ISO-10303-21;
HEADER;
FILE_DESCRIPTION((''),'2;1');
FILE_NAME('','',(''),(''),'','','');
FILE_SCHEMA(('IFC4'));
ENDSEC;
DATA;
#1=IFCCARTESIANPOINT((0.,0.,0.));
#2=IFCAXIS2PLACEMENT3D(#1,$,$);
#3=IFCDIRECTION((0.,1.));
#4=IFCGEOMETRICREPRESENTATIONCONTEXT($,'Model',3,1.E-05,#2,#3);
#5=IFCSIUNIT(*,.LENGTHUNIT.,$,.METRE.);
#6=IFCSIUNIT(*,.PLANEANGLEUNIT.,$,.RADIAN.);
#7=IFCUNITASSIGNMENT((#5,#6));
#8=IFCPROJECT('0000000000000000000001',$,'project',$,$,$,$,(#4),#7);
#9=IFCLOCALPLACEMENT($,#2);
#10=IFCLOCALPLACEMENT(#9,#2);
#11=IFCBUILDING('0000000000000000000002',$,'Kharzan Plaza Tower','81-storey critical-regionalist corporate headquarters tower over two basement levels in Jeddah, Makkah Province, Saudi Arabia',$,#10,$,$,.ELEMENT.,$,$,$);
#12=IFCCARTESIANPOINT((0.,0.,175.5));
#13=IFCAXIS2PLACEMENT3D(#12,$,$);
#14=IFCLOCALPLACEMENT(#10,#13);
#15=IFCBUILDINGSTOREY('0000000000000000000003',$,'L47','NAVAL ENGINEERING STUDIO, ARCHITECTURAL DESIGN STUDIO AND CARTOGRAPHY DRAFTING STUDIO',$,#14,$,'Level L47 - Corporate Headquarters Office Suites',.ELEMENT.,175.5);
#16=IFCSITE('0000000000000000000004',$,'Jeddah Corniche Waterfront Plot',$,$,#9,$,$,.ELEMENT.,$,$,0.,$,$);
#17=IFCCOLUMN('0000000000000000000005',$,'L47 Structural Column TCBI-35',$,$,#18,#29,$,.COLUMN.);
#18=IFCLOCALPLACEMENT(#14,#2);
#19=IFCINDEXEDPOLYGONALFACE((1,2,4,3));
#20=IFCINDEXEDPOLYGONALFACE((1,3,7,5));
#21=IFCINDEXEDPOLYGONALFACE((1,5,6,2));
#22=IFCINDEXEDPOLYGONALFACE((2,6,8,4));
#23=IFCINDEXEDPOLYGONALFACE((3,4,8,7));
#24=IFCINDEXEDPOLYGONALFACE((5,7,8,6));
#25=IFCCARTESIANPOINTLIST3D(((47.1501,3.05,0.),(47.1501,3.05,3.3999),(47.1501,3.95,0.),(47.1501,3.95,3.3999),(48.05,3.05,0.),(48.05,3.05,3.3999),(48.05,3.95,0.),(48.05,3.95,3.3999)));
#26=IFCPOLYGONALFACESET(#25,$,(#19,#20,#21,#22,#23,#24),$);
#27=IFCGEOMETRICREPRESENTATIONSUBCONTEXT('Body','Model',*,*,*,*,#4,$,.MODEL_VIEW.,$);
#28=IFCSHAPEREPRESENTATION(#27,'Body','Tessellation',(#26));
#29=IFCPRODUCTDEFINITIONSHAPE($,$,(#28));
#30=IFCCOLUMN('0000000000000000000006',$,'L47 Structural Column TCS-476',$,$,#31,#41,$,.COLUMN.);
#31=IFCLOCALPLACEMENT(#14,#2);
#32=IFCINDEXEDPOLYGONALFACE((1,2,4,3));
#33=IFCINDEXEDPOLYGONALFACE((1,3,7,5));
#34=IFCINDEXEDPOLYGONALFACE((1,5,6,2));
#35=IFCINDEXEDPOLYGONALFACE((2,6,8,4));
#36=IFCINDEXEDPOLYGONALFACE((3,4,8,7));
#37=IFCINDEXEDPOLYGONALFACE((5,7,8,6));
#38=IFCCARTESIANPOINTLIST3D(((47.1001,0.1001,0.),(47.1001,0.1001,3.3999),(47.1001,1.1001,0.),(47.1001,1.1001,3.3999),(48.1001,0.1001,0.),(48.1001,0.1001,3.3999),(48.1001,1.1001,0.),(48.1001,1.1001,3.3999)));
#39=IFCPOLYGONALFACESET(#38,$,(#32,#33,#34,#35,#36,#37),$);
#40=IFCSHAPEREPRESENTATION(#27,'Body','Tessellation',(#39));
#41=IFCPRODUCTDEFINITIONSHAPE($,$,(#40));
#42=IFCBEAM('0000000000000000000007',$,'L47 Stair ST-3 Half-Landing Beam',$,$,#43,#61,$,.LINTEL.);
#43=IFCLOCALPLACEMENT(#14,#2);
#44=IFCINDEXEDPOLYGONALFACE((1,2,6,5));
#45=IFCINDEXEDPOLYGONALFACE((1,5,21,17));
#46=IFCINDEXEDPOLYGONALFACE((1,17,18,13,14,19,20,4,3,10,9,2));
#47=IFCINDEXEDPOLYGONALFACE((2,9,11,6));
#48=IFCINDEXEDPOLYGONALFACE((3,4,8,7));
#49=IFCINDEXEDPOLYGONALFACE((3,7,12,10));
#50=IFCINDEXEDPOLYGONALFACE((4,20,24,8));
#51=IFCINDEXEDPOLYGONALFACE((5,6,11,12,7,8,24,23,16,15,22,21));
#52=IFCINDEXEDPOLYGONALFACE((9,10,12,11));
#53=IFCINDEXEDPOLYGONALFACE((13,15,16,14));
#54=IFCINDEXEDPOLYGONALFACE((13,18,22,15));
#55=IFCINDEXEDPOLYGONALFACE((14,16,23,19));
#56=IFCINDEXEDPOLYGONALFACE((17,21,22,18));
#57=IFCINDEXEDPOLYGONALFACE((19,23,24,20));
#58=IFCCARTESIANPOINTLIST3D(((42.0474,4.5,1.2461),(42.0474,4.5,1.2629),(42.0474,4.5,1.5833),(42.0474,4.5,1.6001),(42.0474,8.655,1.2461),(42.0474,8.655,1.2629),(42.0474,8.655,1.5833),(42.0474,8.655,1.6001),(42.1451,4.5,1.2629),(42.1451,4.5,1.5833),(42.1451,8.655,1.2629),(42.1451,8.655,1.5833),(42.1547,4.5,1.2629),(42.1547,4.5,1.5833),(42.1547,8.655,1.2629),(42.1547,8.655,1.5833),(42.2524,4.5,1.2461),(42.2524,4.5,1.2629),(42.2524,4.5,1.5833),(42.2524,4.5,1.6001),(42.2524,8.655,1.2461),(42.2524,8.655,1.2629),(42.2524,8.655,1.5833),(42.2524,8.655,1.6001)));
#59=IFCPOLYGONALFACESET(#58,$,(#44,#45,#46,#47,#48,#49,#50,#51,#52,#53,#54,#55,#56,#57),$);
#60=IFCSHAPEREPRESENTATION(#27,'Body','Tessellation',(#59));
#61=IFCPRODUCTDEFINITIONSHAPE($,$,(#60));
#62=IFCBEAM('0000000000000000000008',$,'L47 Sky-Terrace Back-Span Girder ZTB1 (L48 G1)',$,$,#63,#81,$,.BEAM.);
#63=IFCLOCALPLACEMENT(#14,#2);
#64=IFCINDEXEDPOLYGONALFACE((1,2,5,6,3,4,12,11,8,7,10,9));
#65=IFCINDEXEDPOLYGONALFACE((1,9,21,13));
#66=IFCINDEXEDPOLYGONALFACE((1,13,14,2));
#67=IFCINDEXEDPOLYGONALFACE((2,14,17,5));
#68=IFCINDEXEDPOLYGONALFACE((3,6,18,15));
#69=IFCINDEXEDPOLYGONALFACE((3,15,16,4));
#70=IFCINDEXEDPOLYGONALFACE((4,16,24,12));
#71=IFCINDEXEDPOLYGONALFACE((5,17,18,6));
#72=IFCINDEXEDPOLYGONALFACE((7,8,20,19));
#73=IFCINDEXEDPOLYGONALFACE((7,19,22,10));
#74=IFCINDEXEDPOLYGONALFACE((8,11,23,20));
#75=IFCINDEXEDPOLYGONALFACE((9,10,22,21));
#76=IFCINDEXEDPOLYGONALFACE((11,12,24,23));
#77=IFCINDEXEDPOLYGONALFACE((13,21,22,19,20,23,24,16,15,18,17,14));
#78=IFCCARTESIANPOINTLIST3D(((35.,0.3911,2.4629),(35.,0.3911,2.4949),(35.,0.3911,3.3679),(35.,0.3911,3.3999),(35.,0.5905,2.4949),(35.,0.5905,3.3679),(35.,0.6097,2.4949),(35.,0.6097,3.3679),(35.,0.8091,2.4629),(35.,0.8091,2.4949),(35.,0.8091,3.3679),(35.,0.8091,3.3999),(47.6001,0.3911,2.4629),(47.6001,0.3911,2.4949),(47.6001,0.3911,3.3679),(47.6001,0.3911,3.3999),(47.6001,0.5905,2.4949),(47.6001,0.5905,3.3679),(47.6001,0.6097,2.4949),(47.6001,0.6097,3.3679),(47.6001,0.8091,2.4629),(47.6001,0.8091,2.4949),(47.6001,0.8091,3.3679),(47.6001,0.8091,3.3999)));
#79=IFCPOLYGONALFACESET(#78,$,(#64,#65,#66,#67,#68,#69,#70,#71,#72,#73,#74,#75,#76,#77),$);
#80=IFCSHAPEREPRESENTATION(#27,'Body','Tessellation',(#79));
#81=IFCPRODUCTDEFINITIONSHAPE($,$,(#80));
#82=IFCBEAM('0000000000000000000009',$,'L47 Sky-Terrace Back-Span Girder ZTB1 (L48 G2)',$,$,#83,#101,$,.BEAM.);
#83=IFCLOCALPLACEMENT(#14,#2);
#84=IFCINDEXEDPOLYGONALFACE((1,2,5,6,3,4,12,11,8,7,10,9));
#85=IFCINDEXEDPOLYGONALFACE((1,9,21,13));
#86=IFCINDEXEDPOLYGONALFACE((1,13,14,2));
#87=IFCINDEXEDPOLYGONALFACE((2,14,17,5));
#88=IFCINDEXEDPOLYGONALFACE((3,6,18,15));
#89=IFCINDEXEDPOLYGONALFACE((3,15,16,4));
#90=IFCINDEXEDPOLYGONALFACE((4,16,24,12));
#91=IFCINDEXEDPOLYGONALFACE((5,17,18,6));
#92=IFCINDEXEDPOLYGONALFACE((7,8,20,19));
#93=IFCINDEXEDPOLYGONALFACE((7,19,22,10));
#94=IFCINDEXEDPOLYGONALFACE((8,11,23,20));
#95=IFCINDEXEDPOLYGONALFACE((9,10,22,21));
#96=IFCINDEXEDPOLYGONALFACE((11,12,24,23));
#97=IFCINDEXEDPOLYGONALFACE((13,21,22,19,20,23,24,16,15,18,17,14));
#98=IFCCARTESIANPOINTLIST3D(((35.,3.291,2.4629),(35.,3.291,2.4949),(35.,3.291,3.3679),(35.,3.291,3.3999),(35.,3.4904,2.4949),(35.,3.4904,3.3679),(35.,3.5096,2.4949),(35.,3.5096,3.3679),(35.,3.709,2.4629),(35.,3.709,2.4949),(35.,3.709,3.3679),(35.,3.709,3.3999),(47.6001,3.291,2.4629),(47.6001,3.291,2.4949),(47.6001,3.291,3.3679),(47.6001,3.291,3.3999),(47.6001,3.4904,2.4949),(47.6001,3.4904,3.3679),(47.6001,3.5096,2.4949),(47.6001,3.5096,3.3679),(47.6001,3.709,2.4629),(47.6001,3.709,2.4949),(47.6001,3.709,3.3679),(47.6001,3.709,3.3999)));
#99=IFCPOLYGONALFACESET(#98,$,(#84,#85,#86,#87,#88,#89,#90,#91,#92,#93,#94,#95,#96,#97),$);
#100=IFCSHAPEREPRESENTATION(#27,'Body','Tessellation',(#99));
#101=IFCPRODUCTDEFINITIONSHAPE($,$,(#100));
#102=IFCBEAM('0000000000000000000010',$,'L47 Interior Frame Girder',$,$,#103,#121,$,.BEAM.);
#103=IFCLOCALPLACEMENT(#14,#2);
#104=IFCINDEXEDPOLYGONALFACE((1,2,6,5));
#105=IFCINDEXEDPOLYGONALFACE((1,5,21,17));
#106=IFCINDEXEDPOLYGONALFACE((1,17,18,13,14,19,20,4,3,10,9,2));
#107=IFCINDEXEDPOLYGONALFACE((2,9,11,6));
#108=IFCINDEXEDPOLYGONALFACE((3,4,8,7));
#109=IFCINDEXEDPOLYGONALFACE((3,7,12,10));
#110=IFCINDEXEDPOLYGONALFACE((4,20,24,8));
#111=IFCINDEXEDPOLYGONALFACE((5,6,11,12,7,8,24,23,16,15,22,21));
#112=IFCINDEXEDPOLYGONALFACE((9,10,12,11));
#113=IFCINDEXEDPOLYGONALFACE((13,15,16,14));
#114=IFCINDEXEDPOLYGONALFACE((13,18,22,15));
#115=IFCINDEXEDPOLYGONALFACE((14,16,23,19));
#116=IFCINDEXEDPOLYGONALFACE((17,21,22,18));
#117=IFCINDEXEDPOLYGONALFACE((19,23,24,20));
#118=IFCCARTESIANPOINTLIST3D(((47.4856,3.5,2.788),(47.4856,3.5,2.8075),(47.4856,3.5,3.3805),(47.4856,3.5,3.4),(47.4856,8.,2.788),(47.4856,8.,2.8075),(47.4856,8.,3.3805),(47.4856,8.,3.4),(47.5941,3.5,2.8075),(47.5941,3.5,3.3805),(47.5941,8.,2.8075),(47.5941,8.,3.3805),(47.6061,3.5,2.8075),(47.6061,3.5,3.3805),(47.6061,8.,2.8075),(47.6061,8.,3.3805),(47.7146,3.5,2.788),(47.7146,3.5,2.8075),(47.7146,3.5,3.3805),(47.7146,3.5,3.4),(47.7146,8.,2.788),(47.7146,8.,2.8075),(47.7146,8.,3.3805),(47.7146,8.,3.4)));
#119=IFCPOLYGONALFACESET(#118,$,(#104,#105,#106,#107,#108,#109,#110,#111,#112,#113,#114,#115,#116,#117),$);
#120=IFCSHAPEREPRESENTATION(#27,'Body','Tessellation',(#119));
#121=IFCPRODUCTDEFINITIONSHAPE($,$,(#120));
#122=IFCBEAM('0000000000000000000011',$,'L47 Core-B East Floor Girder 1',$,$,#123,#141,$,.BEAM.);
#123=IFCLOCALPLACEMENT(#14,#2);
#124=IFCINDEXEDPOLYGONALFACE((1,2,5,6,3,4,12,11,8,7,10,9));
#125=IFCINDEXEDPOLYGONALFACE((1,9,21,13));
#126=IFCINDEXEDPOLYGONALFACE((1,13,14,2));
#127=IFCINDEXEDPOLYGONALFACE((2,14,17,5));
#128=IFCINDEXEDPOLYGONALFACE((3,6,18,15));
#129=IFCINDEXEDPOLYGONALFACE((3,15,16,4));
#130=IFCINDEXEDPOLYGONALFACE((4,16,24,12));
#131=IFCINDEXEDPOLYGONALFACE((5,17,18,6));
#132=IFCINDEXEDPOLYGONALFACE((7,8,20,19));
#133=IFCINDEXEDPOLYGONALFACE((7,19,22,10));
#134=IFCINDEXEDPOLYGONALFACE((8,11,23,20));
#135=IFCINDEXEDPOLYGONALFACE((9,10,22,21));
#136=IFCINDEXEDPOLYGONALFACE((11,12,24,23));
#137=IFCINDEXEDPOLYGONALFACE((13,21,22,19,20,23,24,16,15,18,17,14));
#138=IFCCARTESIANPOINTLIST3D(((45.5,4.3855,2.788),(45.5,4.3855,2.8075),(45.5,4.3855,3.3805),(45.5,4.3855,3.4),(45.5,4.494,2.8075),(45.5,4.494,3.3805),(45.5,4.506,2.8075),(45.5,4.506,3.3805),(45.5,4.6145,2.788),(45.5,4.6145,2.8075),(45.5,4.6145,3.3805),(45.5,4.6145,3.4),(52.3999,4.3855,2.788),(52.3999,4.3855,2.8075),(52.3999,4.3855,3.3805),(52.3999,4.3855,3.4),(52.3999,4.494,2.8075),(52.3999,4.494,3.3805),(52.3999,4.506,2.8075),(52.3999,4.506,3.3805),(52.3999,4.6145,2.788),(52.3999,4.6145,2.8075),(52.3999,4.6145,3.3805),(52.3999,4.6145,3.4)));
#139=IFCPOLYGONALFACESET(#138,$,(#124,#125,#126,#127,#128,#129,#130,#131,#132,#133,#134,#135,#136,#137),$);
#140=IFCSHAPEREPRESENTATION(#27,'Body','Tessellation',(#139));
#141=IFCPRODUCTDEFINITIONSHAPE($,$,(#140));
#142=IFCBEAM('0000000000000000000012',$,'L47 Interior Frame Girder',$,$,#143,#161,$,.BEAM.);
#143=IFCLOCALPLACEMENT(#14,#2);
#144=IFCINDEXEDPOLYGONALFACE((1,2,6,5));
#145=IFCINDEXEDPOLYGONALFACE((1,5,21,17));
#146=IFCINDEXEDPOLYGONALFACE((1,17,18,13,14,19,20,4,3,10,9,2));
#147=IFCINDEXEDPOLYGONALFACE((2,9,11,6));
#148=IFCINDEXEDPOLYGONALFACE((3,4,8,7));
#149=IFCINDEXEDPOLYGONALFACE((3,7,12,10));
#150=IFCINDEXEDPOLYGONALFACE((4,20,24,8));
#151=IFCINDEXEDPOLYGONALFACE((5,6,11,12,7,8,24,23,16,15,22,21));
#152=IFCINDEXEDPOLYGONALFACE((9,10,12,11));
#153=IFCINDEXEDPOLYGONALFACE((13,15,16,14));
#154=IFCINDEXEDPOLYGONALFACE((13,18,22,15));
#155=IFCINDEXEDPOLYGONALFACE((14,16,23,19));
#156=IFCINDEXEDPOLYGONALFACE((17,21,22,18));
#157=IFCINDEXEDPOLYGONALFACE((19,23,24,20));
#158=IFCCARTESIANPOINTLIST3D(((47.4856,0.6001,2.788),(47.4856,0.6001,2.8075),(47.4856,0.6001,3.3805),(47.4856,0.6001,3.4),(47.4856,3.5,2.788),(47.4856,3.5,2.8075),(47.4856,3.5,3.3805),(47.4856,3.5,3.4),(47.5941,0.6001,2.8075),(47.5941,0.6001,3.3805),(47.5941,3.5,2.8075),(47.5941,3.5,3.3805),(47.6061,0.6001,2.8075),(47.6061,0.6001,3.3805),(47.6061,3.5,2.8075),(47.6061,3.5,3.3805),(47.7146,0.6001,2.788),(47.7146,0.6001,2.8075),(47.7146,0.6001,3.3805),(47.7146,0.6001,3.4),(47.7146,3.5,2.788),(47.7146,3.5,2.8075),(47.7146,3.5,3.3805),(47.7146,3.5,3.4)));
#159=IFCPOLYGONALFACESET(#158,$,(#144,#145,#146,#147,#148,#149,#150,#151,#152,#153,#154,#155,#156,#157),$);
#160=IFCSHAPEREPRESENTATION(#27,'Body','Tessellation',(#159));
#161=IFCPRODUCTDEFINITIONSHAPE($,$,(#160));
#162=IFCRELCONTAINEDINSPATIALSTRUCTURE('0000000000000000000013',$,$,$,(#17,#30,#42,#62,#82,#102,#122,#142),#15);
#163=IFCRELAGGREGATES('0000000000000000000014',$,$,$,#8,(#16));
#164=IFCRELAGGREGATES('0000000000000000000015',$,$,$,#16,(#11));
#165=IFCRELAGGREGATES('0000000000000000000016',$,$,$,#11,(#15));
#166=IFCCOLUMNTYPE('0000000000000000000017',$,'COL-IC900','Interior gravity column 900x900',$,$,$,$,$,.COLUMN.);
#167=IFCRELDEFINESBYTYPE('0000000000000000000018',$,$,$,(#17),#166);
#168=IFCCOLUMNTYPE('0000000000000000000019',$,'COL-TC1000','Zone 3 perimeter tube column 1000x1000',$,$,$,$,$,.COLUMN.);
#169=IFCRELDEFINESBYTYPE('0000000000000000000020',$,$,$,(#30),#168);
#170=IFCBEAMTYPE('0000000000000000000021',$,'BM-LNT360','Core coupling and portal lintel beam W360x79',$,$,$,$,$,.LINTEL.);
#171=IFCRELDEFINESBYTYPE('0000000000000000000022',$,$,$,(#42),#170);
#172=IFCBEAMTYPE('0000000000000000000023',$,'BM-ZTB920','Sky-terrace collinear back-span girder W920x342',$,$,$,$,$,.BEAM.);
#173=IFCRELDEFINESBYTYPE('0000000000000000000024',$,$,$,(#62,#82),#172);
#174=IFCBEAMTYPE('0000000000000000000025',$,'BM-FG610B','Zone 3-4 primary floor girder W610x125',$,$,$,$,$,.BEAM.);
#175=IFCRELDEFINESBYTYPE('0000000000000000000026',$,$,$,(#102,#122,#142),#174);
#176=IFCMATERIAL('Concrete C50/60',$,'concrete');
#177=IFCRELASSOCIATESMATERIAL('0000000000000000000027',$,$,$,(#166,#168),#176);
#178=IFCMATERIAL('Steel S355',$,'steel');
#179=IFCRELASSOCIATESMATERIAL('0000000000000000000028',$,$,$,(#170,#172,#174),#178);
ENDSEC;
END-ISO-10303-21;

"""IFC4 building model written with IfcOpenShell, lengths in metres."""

from ifc_helpers import new_model, si_unit, direction, frame, origin, origin_2d, place, context, subcontext, project, spatial, rectangle, i_section, extrude, source, transform, mapped, material, material_profile, profile_set, type_object, element, save


model = new_model("IFC4")

# Units and contexts
model_context = context("Model", 3, precision=1e-05, world=origin(), true_north=direction((0.0, 1.0)))
body_context = subcontext(model_context, "Body", "Model", "MODEL_VIEW")
ifc_project = project(units=[si_unit("LENGTHUNIT", "METRE"), si_unit("PLANEANGLEUNIT", "RADIAN")], contexts=[model_context])

# Site, building, storey
site_placement = place(None, origin())
site = spatial("IfcSite", under=ifc_project, at=site_placement, Name="Jeddah Corniche Waterfront Plot", CompositionType="ELEMENT", RefElevation=0.0)
building_placement = place(site_placement, origin())
building = spatial("IfcBuilding", under=site, at=building_placement, Name="Kharzan Plaza Tower", Description="81-storey critical-regionalist corporate headquarters tower over two basement levels in Jeddah, Makkah Province, Saudi Arabia", CompositionType="ELEMENT")
storey_placement = place(building_placement, frame((0.0, 0.0, 175.5)))
storey = spatial("IfcBuildingStorey", under=building, at=storey_placement, Name="L47", Description="NAVAL ENGINEERING STUDIO, ARCHITECTURAL DESIGN STUDIO AND CARTOGRAPHY DRAFTING STUDIO", LongName="Level L47 - Corporate Headquarters Office Suites", CompositionType="ELEMENT", Elevation=175.5)

# Columns
ifc_material_1 = material(Name="Concrete C50/60", Category="concrete")
ifc_material_profile_1 = material_profile(ifc_material_1, rectangle(XDim=0.8999, YDim=0.8999, at=origin_2d()), Name="RC-IC900x900")
ifc_profile_set_1 = profile_set([ifc_material_profile_1], Name="Concrete C50/60")
column_type_1 = type_object("IfcColumnType", Name="COL-IC900", Description="Interior gravity column 900x900", PredefinedType="COLUMN", material=ifc_profile_set_1)
shared_shape_1 = source(origin(), body_context, "Body", "SweptSolid", [
    extrude(rectangle(XDim=0.8999, YDim=0.8999, at=origin_2d()), origin(), (0.0, 0.0, 1.0), 3.3999),
])
column_1_placement = place(storey_placement, frame((47.6001, 3.5, 0.0), z_axis=(0.0, 0.0, 1.0), x_axis=(1.0, 0.0, 0.0)))
element("IfcColumn", 1, at=column_1_placement, inside=storey, type_object=column_type_1, Name="L47 Structural Column TCBI-35", PredefinedType="COLUMN", context=body_context, shape_type="MappedRepresentation", body=[
    mapped(shared_shape_1, transform((0.0, 0.0, 0.0), x_axis=(1.0, 0.0, 0.0), y_axis=(0.0, 1.0, 0.0), z_axis=(0.0, 0.0, 1.0))),
])
ifc_material_profile_2 = material_profile(ifc_material_1, rectangle(XDim=1.0, YDim=1.0, at=origin_2d()), Name="RC-TC1000x1000")
ifc_profile_set_2 = profile_set([ifc_material_profile_2], Name="Concrete C50/60")
column_type_2 = type_object("IfcColumnType", Name="COL-TC1000", Description="Zone 3 perimeter tube column 1000x1000", PredefinedType="COLUMN", material=ifc_profile_set_2)
shared_shape_2 = source(origin(), body_context, "Body", "SweptSolid", [
    extrude(rectangle(XDim=1.0, YDim=1.0, at=origin_2d()), origin(), (0.0, 0.0, 1.0), 3.3999),
])
column_2_placement = place(storey_placement, frame((47.6001, 0.6001, 0.0), z_axis=(0.0, 0.0, 1.0), x_axis=(1.0, 0.0, 0.0)))
element("IfcColumn", 2, at=column_2_placement, inside=storey, type_object=column_type_2, Name="L47 Structural Column TCS-476", PredefinedType="COLUMN", context=body_context, shape_type="MappedRepresentation", body=[
    mapped(shared_shape_2, transform((0.0, 0.0, 0.0), x_axis=(1.0, 0.0, 0.0), y_axis=(0.0, 1.0, 0.0), z_axis=(0.0, 0.0, 1.0))),
])

# Beams
ifc_material_2 = material(Name="Steel S355", Category="steel")
ifc_material_profile_3 = material_profile(ifc_material_2, i_section(OverallWidth=0.2051, OverallDepth=0.354, WebThickness=0.0095, FlangeThickness=0.0168, at=origin_2d()), Name="W360x79")
ifc_profile_set_3 = profile_set([ifc_material_profile_3], Name="Steel S355")
beam_type_1 = type_object("IfcBeamType", Name="BM-LNT360", Description="Core coupling and portal lintel beam W360x79", PredefinedType="LINTEL", material=ifc_profile_set_3)
shared_shape_3 = source(origin(), body_context, "Body", "SweptSolid", [
    extrude(i_section(OverallWidth=0.2051, OverallDepth=0.354, WebThickness=0.0095, FlangeThickness=0.0168, at=origin_2d()), origin(), (0.0, 0.0, 1.0), 4.155),
])
beam_1_placement = place(storey_placement, frame((42.1499, 4.5, 1.4231), z_axis=(0.0, 1.0, 0.0), x_axis=(-1.0, 0.0, 0.0)))
element("IfcBeam", 3, at=beam_1_placement, inside=storey, type_object=beam_type_1, Name="L47 Stair ST-3 Half-Landing Beam", PredefinedType="LINTEL", context=body_context, shape_type="MappedRepresentation", body=[
    mapped(shared_shape_3, transform((0.0, 0.0, 0.0), x_axis=(1.0, 0.0, 0.0), y_axis=(0.0, 1.0, 0.0), z_axis=(0.0, 0.0, 1.0))),
])
ifc_material_profile_4 = material_profile(ifc_material_2, i_section(OverallWidth=0.418, OverallDepth=0.937, WebThickness=0.0193, FlangeThickness=0.032, at=origin_2d()), Name="W920x342")
ifc_profile_set_4 = profile_set([ifc_material_profile_4], Name="Steel S355")
beam_type_2 = type_object("IfcBeamType", Name="BM-ZTB920", Description="Sky-terrace collinear back-span girder W920x342", PredefinedType="BEAM", material=ifc_profile_set_4)
shared_shape_4 = source(origin(), body_context, "Body", "SweptSolid", [
    extrude(i_section(OverallWidth=0.418, OverallDepth=0.937, WebThickness=0.0193, FlangeThickness=0.032, at=origin_2d()), origin(), (0.0, 0.0, 1.0), 12.6001),
])
for number, where, z_axis, x_axis, name in (
    (4, (47.6001, 0.6001, 2.9314), (-1.0, 0.0, 0.0), (0.0, -1.0, 0.0), "L47 Sky-Terrace Back-Span Girder ZTB1 (L48 G1)"),
    (5, (47.6001, 3.5, 2.9314), (-1.0, 0.0, 0.0), (0.0, -1.0, 0.0), "L47 Sky-Terrace Back-Span Girder ZTB1 (L48 G2)"),
):
    element("IfcBeam", number, at=place(storey_placement, frame(where, z_axis=z_axis, x_axis=x_axis)), inside=storey, type_object=beam_type_2, Name=name, PredefinedType="BEAM", context=body_context, shape_type="MappedRepresentation", body=[
        mapped(shared_shape_4, transform((0.0, 0.0, 0.0), x_axis=(1.0, 0.0, 0.0), y_axis=(0.0, 1.0, 0.0), z_axis=(0.0, 0.0, 1.0))),
    ])
ifc_material_profile_5 = material_profile(ifc_material_2, i_section(OverallWidth=0.229, OverallDepth=0.6121, WebThickness=0.012, FlangeThickness=0.0195, at=origin_2d()), Name="W610x125")
ifc_profile_set_5 = profile_set([ifc_material_profile_5], Name="Steel S355")
beam_type_3 = type_object("IfcBeamType", Name="BM-FG610B", Description="Zone 3-4 primary floor girder W610x125", PredefinedType="BEAM", material=ifc_profile_set_5)
shared_shape_5 = source(origin(), body_context, "Body", "SweptSolid", [
    extrude(i_section(OverallWidth=0.229, OverallDepth=0.6121, WebThickness=0.012, FlangeThickness=0.0195, at=origin_2d()), origin(), (0.0, 0.0, 1.0), 4.5),
])
beam_2_placement = place(storey_placement, frame((47.6001, 3.5, 3.094), z_axis=(0.0, 1.0, 0.0), x_axis=(-1.0, 0.0, 0.0)))
element("IfcBeam", 6, at=beam_2_placement, inside=storey, type_object=beam_type_3, Name="L47 Interior Frame Girder", PredefinedType="BEAM", context=body_context, shape_type="MappedRepresentation", body=[
    mapped(shared_shape_5, transform((0.0, 0.0, 0.0), x_axis=(1.0, 0.0, 0.0), y_axis=(0.0, 1.0, 0.0), z_axis=(0.0, 0.0, 1.0))),
])
shared_shape_6 = source(origin(), body_context, "Body", "SweptSolid", [
    extrude(i_section(OverallWidth=0.229, OverallDepth=0.6121, WebThickness=0.012, FlangeThickness=0.0195, at=origin_2d()), origin(), (0.0, 0.0, 1.0), 6.8999),
])
beam_3_placement = place(storey_placement, frame((45.5, 4.5, 3.094), z_axis=(1.0, 0.0, 0.0), x_axis=(0.0, 1.0, 0.0)))
element("IfcBeam", 7, at=beam_3_placement, inside=storey, type_object=beam_type_3, Name="L47 Core-B East Floor Girder 1", PredefinedType="BEAM", context=body_context, shape_type="MappedRepresentation", body=[
    mapped(shared_shape_6, transform((0.0, 0.0, 0.0), x_axis=(1.0, 0.0, 0.0), y_axis=(0.0, 1.0, 0.0), z_axis=(0.0, 0.0, 1.0))),
])
shared_shape_7 = source(origin(), body_context, "Body", "SweptSolid", [
    extrude(i_section(OverallWidth=0.229, OverallDepth=0.6121, WebThickness=0.012, FlangeThickness=0.0195, at=origin_2d()), origin(), (0.0, 0.0, 1.0), 2.8999),
])
beam_4_placement = place(storey_placement, frame((47.6001, 0.6001, 3.094), z_axis=(0.0, 1.0, 0.0), x_axis=(-1.0, 0.0, 0.0)))
element("IfcBeam", 8, at=beam_4_placement, inside=storey, type_object=beam_type_3, Name="L47 Interior Frame Girder", PredefinedType="BEAM", context=body_context, shape_type="MappedRepresentation", body=[
    mapped(shared_shape_7, transform((0.0, 0.0, 0.0), x_axis=(1.0, 0.0, 0.0), y_axis=(0.0, 1.0, 0.0), z_axis=(0.0, 0.0, 1.0))),
])

save(model, "model.ifc")
